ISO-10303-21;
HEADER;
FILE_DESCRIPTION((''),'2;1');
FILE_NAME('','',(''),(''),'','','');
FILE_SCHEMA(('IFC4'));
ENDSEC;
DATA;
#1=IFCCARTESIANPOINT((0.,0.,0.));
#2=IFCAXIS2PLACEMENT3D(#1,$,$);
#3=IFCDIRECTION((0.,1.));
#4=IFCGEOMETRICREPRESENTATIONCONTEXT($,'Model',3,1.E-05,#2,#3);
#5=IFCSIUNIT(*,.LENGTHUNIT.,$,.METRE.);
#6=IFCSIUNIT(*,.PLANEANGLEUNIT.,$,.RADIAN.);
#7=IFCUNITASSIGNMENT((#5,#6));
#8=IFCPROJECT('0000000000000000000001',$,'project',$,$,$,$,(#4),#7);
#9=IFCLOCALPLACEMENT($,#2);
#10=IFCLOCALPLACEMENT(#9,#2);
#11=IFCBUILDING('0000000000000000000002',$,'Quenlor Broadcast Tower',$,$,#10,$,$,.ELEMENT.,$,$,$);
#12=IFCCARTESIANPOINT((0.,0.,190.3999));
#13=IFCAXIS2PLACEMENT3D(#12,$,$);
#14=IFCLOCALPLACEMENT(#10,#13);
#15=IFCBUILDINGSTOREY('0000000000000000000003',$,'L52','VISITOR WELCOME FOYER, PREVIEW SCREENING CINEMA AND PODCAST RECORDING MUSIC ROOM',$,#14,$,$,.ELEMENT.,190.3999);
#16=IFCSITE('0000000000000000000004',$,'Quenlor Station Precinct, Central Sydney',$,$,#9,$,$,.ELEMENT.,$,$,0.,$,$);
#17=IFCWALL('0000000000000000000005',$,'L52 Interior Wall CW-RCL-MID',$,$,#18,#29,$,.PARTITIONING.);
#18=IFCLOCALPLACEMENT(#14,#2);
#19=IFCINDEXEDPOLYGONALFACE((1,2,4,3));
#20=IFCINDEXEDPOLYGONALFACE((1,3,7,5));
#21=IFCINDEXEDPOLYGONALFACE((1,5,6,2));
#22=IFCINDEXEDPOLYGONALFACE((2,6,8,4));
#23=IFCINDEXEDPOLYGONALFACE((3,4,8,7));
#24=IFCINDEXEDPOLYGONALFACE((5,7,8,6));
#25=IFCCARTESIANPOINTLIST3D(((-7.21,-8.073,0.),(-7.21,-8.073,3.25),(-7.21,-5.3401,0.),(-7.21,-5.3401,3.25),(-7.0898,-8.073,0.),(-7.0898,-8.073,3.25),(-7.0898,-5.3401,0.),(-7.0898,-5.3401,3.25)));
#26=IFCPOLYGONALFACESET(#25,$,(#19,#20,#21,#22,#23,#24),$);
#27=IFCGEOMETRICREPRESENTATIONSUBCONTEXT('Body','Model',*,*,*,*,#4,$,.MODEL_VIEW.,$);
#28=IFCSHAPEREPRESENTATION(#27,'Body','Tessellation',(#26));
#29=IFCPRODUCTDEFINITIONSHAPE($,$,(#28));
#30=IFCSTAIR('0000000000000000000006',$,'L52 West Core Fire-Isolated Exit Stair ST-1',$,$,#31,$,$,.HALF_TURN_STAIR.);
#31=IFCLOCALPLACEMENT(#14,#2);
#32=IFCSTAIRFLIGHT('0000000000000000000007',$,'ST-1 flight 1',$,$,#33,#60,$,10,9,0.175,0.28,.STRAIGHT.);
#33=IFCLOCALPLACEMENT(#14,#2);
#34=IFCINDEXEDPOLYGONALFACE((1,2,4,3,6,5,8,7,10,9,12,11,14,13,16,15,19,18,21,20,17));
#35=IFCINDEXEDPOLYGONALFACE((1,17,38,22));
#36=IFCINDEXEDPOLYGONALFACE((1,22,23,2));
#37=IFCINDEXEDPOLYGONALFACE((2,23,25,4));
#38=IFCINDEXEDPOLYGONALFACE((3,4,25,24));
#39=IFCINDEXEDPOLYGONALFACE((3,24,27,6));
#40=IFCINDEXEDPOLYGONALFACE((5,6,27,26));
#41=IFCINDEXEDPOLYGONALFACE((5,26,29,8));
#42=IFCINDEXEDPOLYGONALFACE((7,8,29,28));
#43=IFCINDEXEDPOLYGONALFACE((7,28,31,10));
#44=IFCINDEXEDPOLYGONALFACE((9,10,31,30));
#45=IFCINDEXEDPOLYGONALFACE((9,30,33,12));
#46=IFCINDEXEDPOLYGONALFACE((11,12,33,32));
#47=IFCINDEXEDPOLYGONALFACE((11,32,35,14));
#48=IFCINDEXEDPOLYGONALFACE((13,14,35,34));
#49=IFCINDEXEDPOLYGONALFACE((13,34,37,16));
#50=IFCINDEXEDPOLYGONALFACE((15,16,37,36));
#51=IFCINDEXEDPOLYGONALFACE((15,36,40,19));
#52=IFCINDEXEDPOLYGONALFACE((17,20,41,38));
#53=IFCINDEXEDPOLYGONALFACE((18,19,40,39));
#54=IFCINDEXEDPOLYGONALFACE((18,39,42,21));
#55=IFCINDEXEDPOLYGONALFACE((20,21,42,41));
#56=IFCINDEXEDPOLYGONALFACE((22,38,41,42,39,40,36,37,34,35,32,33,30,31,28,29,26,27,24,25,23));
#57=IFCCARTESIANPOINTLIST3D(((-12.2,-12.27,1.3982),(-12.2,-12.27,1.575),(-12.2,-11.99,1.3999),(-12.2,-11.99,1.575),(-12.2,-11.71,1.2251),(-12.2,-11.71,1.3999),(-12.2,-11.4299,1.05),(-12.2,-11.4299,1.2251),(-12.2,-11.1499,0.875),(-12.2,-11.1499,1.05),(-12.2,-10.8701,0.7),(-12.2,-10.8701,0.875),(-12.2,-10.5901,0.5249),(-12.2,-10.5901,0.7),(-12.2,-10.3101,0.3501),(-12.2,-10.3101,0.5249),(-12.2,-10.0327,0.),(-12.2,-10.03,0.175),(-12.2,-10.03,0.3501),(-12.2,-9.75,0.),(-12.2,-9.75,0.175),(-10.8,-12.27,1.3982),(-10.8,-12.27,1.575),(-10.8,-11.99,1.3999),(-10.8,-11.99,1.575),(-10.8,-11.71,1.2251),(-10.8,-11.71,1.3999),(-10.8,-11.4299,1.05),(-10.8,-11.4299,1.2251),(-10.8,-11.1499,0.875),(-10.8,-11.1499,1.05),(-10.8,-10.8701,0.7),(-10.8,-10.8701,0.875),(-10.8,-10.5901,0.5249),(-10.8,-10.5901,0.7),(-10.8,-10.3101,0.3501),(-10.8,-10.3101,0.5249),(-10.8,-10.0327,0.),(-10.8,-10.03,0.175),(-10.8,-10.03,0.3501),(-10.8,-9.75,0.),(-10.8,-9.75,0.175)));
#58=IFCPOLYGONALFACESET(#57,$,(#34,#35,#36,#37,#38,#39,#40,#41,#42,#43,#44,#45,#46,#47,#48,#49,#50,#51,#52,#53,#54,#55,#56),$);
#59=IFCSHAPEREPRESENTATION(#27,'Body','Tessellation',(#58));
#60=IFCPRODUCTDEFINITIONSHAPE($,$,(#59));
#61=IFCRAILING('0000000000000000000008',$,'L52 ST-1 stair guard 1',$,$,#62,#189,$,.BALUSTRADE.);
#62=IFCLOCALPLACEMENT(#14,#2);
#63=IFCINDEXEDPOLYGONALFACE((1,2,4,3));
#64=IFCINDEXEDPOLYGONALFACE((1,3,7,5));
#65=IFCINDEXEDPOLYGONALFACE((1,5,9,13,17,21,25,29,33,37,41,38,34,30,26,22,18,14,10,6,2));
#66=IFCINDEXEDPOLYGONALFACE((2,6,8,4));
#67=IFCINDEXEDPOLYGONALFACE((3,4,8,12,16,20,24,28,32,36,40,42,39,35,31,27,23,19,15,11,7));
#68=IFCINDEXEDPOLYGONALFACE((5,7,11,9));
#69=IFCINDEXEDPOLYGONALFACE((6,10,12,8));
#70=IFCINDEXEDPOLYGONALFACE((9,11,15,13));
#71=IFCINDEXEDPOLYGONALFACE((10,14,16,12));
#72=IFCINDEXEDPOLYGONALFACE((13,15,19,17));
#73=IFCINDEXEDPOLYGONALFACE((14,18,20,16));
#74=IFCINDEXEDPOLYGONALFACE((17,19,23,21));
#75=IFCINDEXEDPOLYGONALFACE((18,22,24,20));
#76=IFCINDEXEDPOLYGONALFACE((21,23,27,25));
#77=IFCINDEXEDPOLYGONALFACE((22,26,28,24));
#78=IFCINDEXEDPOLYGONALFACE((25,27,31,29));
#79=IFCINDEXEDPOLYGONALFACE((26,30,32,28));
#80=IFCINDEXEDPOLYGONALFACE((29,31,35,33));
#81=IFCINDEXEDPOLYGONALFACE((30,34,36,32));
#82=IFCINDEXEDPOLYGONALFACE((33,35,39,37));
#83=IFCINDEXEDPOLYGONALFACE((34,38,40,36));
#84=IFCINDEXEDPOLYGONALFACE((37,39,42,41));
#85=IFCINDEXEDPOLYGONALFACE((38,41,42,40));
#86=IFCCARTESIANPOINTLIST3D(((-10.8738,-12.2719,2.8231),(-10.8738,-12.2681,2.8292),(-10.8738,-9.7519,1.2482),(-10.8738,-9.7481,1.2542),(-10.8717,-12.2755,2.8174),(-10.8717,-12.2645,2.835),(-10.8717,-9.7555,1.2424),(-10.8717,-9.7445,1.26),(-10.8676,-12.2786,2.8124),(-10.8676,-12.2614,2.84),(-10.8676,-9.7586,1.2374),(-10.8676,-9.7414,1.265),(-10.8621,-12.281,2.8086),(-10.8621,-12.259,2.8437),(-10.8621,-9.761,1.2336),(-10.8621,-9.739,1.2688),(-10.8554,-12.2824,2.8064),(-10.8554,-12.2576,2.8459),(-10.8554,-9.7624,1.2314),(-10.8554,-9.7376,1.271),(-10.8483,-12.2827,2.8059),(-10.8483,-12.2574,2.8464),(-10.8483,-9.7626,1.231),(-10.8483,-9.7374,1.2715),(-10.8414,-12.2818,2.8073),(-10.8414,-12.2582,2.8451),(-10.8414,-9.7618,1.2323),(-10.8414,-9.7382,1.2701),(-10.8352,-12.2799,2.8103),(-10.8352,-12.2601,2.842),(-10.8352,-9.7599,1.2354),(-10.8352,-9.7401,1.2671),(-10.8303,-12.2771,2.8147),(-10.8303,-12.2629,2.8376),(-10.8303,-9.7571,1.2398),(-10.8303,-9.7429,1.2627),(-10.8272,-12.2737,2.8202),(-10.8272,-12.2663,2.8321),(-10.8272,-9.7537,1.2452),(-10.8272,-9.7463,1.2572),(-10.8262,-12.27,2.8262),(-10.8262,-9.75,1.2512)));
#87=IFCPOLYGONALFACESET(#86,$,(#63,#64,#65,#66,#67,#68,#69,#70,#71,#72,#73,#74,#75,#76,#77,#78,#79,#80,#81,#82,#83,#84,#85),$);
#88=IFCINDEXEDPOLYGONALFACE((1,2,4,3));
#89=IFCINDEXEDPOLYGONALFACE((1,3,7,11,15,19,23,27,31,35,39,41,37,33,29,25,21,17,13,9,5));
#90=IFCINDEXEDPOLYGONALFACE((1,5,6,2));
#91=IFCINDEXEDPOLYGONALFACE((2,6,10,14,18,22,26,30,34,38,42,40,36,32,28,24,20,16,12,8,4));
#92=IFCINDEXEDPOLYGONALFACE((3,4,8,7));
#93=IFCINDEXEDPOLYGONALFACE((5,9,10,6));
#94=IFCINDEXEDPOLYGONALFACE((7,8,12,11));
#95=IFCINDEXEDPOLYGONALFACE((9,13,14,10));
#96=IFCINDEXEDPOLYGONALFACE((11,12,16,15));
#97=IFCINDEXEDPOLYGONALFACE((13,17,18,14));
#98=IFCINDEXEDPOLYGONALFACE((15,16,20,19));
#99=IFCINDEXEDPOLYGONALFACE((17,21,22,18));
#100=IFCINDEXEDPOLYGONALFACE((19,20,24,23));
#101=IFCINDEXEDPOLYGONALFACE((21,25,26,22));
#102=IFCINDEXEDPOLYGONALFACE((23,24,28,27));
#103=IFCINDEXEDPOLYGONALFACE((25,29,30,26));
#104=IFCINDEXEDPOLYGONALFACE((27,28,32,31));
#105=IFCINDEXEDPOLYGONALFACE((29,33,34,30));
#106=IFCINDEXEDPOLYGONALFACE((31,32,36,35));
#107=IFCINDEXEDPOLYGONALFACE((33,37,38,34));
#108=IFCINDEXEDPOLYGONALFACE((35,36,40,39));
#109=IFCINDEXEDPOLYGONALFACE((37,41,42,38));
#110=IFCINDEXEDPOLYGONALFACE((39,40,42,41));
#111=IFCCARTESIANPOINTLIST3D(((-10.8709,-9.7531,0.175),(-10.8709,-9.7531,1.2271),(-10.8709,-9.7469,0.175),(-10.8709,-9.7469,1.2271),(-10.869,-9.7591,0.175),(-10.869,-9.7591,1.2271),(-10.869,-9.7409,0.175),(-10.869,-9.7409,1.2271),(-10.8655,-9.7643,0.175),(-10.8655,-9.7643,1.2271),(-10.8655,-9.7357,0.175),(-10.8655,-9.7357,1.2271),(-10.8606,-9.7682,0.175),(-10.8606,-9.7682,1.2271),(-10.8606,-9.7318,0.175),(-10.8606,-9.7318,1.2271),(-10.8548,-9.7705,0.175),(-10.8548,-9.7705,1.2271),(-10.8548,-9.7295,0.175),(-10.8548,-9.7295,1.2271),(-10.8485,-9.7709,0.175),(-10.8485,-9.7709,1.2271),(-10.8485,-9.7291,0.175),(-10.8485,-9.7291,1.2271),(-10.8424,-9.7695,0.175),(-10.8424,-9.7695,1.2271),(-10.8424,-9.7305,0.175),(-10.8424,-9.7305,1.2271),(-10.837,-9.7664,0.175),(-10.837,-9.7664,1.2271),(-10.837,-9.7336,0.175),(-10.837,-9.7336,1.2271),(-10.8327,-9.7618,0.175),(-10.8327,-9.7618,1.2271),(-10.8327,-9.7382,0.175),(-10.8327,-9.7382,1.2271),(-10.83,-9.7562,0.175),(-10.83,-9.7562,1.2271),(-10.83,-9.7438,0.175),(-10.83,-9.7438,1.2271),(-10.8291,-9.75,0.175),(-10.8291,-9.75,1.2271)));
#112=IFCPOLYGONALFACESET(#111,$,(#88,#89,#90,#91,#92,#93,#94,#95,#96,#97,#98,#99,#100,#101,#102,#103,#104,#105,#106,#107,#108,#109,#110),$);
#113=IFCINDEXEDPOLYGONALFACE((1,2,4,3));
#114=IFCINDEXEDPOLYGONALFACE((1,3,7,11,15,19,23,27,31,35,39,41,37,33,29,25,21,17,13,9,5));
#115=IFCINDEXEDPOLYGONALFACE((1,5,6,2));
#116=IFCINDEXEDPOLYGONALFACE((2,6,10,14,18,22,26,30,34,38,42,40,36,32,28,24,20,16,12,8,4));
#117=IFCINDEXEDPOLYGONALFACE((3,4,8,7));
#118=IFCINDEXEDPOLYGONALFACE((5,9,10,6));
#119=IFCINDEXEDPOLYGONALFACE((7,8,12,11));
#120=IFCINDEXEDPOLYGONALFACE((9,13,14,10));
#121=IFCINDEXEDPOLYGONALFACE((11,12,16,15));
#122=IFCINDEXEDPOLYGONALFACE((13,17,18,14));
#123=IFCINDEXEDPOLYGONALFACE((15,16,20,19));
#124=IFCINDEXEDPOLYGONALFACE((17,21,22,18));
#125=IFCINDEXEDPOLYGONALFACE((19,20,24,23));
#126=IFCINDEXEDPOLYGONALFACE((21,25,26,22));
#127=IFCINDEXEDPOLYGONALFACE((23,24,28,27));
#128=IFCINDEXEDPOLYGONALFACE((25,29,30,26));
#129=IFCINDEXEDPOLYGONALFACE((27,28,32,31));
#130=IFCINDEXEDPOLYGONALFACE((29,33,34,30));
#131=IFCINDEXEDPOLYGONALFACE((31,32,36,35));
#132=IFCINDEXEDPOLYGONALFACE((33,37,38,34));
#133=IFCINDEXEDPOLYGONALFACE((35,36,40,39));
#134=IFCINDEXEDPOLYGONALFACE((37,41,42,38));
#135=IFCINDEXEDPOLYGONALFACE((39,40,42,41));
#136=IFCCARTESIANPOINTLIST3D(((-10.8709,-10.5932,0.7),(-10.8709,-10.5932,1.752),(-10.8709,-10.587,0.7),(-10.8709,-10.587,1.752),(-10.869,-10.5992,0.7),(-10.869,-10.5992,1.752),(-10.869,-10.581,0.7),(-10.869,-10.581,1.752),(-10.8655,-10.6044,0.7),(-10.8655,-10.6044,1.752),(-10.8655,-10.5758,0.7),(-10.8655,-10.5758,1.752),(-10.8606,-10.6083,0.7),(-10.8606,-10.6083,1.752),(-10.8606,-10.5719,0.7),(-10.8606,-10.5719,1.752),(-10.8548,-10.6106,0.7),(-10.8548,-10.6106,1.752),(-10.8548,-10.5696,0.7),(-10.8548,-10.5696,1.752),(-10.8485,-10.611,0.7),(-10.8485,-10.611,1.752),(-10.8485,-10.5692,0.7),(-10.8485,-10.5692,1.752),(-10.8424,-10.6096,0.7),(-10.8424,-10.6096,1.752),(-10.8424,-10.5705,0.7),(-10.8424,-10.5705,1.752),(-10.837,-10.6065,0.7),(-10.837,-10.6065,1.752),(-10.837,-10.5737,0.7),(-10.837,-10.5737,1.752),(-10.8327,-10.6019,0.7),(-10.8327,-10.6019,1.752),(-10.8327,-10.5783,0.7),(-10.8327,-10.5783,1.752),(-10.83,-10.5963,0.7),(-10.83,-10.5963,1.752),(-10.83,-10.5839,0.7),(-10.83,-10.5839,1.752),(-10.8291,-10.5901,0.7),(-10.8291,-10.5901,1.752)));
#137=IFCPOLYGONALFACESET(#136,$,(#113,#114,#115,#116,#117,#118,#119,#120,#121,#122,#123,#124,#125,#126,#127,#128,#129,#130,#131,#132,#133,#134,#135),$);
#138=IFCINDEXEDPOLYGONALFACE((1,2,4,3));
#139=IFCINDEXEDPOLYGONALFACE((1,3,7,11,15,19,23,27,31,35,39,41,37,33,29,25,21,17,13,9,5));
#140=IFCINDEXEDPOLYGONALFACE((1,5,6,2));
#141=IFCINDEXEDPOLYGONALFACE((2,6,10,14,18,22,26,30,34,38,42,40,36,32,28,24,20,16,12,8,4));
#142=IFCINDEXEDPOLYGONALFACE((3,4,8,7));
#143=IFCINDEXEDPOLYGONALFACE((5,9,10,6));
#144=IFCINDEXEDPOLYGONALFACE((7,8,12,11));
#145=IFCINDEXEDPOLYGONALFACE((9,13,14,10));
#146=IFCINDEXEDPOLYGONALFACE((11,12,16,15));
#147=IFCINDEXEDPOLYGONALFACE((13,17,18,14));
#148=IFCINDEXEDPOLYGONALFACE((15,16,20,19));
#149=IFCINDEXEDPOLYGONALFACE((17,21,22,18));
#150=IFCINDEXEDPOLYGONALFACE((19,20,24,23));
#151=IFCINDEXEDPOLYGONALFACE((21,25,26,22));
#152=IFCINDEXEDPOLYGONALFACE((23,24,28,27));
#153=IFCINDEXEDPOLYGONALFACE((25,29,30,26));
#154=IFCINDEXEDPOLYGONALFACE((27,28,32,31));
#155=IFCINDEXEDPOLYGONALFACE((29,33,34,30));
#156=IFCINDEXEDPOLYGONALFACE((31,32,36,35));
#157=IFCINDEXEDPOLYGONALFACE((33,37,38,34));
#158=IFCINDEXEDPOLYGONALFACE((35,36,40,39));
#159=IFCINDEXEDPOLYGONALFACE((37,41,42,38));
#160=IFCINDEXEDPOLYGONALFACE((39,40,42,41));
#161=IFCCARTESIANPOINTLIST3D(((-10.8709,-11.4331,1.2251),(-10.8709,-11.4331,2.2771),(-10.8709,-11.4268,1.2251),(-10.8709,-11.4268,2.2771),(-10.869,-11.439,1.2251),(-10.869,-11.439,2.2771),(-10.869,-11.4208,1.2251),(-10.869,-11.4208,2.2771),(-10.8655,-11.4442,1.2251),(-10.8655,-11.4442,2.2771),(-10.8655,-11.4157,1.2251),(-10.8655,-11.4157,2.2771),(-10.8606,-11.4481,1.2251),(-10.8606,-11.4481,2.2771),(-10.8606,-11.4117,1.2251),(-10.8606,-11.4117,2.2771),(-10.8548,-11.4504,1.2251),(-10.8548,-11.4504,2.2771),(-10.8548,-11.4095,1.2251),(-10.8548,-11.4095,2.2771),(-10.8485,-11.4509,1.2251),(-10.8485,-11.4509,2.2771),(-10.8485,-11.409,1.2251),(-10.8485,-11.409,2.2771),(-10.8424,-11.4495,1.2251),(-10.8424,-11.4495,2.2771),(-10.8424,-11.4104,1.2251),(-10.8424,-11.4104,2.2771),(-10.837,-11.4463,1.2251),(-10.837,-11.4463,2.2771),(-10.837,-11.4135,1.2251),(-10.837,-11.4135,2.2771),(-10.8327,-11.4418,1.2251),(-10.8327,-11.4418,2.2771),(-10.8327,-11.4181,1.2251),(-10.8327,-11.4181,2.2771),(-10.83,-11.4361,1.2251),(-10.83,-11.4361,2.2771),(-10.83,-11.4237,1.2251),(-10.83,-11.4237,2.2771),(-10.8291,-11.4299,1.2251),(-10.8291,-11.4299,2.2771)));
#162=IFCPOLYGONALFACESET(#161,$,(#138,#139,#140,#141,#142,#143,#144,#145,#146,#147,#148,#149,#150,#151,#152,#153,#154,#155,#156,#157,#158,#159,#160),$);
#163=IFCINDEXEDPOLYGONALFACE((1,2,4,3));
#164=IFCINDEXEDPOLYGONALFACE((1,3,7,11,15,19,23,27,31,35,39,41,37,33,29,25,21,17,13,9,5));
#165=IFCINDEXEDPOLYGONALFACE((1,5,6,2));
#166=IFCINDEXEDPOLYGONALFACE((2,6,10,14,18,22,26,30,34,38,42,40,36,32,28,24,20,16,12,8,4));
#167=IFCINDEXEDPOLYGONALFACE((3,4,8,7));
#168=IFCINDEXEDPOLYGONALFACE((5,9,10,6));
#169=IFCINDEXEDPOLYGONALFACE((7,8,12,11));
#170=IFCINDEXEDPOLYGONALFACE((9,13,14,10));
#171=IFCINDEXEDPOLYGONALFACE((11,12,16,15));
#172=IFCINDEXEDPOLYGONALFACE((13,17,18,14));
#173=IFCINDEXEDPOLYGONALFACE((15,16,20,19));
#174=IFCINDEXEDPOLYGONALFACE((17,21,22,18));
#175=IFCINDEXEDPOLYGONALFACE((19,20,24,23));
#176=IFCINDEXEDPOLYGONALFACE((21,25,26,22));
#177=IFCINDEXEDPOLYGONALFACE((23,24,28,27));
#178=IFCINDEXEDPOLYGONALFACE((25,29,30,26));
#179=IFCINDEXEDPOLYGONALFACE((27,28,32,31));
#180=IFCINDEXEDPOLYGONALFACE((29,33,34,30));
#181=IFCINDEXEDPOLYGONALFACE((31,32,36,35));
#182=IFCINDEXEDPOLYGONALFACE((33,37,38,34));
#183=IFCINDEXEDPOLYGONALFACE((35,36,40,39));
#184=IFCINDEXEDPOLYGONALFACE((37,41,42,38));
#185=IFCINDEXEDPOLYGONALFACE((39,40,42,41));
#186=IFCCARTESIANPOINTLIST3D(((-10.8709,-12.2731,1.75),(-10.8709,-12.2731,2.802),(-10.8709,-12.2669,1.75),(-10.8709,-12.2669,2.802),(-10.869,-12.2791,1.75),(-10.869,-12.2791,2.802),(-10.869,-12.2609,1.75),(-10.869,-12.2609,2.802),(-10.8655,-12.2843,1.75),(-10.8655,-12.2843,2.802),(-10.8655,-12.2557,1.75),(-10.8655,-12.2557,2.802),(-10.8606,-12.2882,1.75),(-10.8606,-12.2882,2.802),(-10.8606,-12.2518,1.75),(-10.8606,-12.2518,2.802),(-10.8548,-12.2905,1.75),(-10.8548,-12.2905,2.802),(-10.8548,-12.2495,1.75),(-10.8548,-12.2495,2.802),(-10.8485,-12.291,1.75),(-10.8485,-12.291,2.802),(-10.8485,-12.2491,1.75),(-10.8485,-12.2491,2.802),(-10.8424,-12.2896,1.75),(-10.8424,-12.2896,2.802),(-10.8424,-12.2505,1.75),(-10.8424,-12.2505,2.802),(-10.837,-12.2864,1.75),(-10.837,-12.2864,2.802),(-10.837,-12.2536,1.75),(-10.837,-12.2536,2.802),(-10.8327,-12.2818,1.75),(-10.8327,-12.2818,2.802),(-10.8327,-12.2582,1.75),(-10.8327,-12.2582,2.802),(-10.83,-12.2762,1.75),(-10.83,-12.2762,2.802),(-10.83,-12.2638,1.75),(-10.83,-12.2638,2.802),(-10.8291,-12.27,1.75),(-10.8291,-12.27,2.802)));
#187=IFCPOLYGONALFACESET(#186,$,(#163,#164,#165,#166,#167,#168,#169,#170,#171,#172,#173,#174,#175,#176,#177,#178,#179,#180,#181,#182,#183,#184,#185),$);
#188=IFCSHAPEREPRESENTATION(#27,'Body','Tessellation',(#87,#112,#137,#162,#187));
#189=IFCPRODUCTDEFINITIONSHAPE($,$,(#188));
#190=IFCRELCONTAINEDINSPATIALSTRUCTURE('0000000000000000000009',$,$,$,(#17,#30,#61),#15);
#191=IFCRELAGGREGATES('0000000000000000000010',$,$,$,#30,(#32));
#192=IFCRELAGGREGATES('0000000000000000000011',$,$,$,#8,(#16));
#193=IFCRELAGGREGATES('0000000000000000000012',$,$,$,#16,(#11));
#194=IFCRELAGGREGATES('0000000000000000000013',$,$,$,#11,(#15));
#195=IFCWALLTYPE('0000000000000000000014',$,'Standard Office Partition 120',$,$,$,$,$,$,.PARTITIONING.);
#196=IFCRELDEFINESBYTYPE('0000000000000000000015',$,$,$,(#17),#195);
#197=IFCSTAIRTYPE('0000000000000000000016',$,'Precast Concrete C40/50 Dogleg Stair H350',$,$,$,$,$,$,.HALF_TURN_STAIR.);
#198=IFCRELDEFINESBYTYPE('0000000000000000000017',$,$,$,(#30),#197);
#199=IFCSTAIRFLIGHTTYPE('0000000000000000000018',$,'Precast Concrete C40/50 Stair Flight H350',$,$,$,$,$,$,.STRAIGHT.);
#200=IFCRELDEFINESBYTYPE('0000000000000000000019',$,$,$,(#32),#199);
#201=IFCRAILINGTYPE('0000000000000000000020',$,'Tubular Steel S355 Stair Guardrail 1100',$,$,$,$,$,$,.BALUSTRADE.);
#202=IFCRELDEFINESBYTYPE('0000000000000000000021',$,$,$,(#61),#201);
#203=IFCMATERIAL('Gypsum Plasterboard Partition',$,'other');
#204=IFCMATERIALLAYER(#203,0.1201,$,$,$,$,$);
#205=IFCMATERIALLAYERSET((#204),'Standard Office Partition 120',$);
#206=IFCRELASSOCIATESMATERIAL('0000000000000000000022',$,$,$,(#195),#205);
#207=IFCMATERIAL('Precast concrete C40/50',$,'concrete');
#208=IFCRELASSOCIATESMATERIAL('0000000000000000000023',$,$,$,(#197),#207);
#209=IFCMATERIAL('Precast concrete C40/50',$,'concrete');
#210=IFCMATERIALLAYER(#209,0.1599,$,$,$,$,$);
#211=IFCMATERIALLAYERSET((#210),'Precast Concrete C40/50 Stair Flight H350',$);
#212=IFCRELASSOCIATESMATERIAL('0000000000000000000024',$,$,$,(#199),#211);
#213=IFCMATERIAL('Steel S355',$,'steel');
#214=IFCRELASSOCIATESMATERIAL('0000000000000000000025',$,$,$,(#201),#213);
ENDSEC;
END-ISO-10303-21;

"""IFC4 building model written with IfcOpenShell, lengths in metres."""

from ifc_helpers import new_model, si_unit, direction, frame, frame_2d, origin, origin_2d, place, context, subcontext, project, spatial, polyline, rectangle, circle, outline, extrude, material, layer, layer_set, type_object, element, aggregate, save


model = new_model("IFC4")

# Units and contexts
model_context = context("Model", 3, precision=1e-05, world=origin(), true_north=direction((0.0, 1.0)))
body_context = subcontext(model_context, "Body", "Model", "MODEL_VIEW")
ifc_project = project(units=[si_unit("LENGTHUNIT", "METRE"), si_unit("PLANEANGLEUNIT", "RADIAN")], contexts=[model_context])

# Site, building, storey
site_placement = place(None, origin())
site = spatial("IfcSite", under=ifc_project, at=site_placement, Name="Quenlor Station Precinct, Central Sydney", CompositionType="ELEMENT", RefElevation=0.0)
building_placement = place(site_placement, origin())
building = spatial("IfcBuilding", under=site, at=building_placement, Name="Quenlor Broadcast Tower", CompositionType="ELEMENT")
storey_placement = place(building_placement, frame((0.0, 0.0, 190.3999)))
storey = spatial("IfcBuildingStorey", under=building, at=storey_placement, Name="L52", Description="VISITOR WELCOME FOYER, PREVIEW SCREENING CINEMA AND PODCAST RECORDING MUSIC ROOM", CompositionType="ELEMENT", Elevation=190.3999)

# Wall
ifc_material_1 = material(Name="Gypsum Plasterboard Partition", Category="other")
ifc_layer_1 = layer(ifc_material_1, 0.1201)
ifc_layer_set_1 = layer_set([ifc_layer_1], Name="Standard Office Partition 120")
wall_type_1 = type_object("IfcWallType", Name="Standard Office Partition 120", PredefinedType="PARTITIONING", material=ifc_layer_set_1)
wall_1_placement = place(storey_placement, frame((-7.1499, -8.073, 0.0), z_axis=(0.0, 0.0, 1.0), x_axis=(0.0, 1.0, 0.0)))
element("IfcWall", 1, at=wall_1_placement, inside=storey, type_object=wall_type_1, Name="L52 Interior Wall CW-RCL-MID", PredefinedType="PARTITIONING", context=body_context, shape_type="SweptSolid", body=[
    extrude(rectangle(XDim=2.7329, YDim=0.1201, at=frame_2d((1.3665, 0.0))), origin(), (0.0, 0.0, 1.0), 3.25),
])

# Stair, stair flight
ifc_material_2 = material(Name="Precast concrete C40/50", Category="concrete")
stair_type = type_object("IfcStairType", Name="Precast Concrete C40/50 Dogleg Stair H350", PredefinedType="HALF_TURN_STAIR", material=ifc_material_2)
stair_placement = place(storey_placement, origin())
stair = element("IfcStair", 2, at=stair_placement, inside=storey, type_object=stair_type, Name="L52 West Core Fire-Isolated Exit Stair ST-1", PredefinedType="HALF_TURN_STAIR")
ifc_material_3 = material(Name="Precast concrete C40/50", Category="concrete")
ifc_layer_2 = layer(ifc_material_3, 0.1599)
ifc_layer_set_2 = layer_set([ifc_layer_2], Name="Precast Concrete C40/50 Stair Flight H350")
stair_flight_type = type_object("IfcStairFlightType", Name="Precast Concrete C40/50 Stair Flight H350", PredefinedType="STRAIGHT", material=ifc_layer_set_2)
stair_flight_placement = place(storey_placement, frame((-11.5, -9.75, 0.0), z_axis=(0.0, 0.0, 1.0), x_axis=(0.0, -1.0, 0.0)))
stair_flight = element("IfcStairFlight", 3, at=stair_flight_placement, type_object=stair_flight_type, Name="ST-1 flight 1", NumberOfRisers=10, NumberOfTreads=9, PredefinedType="STRAIGHT", RiserHeight=0.175, TreadLength=0.28, context=body_context, shape_type="SweptSolid", body=[
    extrude(outline(polyline([(0.0, 0.0), (0.0, 0.175), (0.28, 0.175), (0.28, 0.3501), (0.5601, 0.3501), (0.5601, 0.5249), (0.8401, 0.5249), (0.8401, 0.7), (1.1201, 0.7), (1.1201, 0.875), (1.3999, 0.875), (1.3999, 1.05), (1.6799, 1.05), (1.6799, 1.2251), (1.96, 1.2251), (1.96, 1.3999), (2.24, 1.3999), (2.24, 1.575), (2.52, 1.575), (2.52, 1.75), (2.52, 1.3982), (0.2827, 0.0), (0.0, 0.0)])), frame((0.0, 0.7, 0.0), z_axis=(0.0, -1.0, 0.0), x_axis=(1.0, 0.0, 0.0)), (0.0, 0.0, 1.0), 1.3999),
])
aggregate(stair, [stair_flight])

# Railing
ifc_material_4 = material(Name="Steel S355", Category="steel")
railing_type = type_object("IfcRailingType", Name="Tubular Steel S355 Stair Guardrail 1100", PredefinedType="BALUSTRADE", material=ifc_material_4)
railing_1_placement = place(storey_placement, frame((-10.8501, -9.75, 0.175)))
element("IfcRailing", 4, at=railing_1_placement, inside=storey, type_object=railing_type, Name="L52 ST-1 stair guard 1", PredefinedType="BALUSTRADE", context=body_context, shape_type="SweptSolid", body=[
    extrude(circle(Radius=0.0239, at=origin_2d()), frame((0.0, 0.0, 1.0762), z_axis=(0.0, -0.848008, 0.529984), x_axis=(1.0, 0.0, 0.0)), (0.0, 0.0, 1.0), 2.9717),
    extrude(circle(Radius=0.021, at=origin_2d()), origin(), (0.0, 0.0, 1.0), 1.052),
    extrude(circle(Radius=0.021, at=origin_2d()), frame((0.0, -0.8401, 0.5249)), (0.0, 0.0, 1.0), 1.052),
    extrude(circle(Radius=0.021, at=origin_2d()), frame((0.0, -1.6799, 1.05)), (0.0, 0.0, 1.0), 1.052),
    extrude(circle(Radius=0.021, at=origin_2d()), frame((0.0, -2.52, 1.575)), (0.0, 0.0, 1.0), 1.052),
])

save(model, "model.ifc")
